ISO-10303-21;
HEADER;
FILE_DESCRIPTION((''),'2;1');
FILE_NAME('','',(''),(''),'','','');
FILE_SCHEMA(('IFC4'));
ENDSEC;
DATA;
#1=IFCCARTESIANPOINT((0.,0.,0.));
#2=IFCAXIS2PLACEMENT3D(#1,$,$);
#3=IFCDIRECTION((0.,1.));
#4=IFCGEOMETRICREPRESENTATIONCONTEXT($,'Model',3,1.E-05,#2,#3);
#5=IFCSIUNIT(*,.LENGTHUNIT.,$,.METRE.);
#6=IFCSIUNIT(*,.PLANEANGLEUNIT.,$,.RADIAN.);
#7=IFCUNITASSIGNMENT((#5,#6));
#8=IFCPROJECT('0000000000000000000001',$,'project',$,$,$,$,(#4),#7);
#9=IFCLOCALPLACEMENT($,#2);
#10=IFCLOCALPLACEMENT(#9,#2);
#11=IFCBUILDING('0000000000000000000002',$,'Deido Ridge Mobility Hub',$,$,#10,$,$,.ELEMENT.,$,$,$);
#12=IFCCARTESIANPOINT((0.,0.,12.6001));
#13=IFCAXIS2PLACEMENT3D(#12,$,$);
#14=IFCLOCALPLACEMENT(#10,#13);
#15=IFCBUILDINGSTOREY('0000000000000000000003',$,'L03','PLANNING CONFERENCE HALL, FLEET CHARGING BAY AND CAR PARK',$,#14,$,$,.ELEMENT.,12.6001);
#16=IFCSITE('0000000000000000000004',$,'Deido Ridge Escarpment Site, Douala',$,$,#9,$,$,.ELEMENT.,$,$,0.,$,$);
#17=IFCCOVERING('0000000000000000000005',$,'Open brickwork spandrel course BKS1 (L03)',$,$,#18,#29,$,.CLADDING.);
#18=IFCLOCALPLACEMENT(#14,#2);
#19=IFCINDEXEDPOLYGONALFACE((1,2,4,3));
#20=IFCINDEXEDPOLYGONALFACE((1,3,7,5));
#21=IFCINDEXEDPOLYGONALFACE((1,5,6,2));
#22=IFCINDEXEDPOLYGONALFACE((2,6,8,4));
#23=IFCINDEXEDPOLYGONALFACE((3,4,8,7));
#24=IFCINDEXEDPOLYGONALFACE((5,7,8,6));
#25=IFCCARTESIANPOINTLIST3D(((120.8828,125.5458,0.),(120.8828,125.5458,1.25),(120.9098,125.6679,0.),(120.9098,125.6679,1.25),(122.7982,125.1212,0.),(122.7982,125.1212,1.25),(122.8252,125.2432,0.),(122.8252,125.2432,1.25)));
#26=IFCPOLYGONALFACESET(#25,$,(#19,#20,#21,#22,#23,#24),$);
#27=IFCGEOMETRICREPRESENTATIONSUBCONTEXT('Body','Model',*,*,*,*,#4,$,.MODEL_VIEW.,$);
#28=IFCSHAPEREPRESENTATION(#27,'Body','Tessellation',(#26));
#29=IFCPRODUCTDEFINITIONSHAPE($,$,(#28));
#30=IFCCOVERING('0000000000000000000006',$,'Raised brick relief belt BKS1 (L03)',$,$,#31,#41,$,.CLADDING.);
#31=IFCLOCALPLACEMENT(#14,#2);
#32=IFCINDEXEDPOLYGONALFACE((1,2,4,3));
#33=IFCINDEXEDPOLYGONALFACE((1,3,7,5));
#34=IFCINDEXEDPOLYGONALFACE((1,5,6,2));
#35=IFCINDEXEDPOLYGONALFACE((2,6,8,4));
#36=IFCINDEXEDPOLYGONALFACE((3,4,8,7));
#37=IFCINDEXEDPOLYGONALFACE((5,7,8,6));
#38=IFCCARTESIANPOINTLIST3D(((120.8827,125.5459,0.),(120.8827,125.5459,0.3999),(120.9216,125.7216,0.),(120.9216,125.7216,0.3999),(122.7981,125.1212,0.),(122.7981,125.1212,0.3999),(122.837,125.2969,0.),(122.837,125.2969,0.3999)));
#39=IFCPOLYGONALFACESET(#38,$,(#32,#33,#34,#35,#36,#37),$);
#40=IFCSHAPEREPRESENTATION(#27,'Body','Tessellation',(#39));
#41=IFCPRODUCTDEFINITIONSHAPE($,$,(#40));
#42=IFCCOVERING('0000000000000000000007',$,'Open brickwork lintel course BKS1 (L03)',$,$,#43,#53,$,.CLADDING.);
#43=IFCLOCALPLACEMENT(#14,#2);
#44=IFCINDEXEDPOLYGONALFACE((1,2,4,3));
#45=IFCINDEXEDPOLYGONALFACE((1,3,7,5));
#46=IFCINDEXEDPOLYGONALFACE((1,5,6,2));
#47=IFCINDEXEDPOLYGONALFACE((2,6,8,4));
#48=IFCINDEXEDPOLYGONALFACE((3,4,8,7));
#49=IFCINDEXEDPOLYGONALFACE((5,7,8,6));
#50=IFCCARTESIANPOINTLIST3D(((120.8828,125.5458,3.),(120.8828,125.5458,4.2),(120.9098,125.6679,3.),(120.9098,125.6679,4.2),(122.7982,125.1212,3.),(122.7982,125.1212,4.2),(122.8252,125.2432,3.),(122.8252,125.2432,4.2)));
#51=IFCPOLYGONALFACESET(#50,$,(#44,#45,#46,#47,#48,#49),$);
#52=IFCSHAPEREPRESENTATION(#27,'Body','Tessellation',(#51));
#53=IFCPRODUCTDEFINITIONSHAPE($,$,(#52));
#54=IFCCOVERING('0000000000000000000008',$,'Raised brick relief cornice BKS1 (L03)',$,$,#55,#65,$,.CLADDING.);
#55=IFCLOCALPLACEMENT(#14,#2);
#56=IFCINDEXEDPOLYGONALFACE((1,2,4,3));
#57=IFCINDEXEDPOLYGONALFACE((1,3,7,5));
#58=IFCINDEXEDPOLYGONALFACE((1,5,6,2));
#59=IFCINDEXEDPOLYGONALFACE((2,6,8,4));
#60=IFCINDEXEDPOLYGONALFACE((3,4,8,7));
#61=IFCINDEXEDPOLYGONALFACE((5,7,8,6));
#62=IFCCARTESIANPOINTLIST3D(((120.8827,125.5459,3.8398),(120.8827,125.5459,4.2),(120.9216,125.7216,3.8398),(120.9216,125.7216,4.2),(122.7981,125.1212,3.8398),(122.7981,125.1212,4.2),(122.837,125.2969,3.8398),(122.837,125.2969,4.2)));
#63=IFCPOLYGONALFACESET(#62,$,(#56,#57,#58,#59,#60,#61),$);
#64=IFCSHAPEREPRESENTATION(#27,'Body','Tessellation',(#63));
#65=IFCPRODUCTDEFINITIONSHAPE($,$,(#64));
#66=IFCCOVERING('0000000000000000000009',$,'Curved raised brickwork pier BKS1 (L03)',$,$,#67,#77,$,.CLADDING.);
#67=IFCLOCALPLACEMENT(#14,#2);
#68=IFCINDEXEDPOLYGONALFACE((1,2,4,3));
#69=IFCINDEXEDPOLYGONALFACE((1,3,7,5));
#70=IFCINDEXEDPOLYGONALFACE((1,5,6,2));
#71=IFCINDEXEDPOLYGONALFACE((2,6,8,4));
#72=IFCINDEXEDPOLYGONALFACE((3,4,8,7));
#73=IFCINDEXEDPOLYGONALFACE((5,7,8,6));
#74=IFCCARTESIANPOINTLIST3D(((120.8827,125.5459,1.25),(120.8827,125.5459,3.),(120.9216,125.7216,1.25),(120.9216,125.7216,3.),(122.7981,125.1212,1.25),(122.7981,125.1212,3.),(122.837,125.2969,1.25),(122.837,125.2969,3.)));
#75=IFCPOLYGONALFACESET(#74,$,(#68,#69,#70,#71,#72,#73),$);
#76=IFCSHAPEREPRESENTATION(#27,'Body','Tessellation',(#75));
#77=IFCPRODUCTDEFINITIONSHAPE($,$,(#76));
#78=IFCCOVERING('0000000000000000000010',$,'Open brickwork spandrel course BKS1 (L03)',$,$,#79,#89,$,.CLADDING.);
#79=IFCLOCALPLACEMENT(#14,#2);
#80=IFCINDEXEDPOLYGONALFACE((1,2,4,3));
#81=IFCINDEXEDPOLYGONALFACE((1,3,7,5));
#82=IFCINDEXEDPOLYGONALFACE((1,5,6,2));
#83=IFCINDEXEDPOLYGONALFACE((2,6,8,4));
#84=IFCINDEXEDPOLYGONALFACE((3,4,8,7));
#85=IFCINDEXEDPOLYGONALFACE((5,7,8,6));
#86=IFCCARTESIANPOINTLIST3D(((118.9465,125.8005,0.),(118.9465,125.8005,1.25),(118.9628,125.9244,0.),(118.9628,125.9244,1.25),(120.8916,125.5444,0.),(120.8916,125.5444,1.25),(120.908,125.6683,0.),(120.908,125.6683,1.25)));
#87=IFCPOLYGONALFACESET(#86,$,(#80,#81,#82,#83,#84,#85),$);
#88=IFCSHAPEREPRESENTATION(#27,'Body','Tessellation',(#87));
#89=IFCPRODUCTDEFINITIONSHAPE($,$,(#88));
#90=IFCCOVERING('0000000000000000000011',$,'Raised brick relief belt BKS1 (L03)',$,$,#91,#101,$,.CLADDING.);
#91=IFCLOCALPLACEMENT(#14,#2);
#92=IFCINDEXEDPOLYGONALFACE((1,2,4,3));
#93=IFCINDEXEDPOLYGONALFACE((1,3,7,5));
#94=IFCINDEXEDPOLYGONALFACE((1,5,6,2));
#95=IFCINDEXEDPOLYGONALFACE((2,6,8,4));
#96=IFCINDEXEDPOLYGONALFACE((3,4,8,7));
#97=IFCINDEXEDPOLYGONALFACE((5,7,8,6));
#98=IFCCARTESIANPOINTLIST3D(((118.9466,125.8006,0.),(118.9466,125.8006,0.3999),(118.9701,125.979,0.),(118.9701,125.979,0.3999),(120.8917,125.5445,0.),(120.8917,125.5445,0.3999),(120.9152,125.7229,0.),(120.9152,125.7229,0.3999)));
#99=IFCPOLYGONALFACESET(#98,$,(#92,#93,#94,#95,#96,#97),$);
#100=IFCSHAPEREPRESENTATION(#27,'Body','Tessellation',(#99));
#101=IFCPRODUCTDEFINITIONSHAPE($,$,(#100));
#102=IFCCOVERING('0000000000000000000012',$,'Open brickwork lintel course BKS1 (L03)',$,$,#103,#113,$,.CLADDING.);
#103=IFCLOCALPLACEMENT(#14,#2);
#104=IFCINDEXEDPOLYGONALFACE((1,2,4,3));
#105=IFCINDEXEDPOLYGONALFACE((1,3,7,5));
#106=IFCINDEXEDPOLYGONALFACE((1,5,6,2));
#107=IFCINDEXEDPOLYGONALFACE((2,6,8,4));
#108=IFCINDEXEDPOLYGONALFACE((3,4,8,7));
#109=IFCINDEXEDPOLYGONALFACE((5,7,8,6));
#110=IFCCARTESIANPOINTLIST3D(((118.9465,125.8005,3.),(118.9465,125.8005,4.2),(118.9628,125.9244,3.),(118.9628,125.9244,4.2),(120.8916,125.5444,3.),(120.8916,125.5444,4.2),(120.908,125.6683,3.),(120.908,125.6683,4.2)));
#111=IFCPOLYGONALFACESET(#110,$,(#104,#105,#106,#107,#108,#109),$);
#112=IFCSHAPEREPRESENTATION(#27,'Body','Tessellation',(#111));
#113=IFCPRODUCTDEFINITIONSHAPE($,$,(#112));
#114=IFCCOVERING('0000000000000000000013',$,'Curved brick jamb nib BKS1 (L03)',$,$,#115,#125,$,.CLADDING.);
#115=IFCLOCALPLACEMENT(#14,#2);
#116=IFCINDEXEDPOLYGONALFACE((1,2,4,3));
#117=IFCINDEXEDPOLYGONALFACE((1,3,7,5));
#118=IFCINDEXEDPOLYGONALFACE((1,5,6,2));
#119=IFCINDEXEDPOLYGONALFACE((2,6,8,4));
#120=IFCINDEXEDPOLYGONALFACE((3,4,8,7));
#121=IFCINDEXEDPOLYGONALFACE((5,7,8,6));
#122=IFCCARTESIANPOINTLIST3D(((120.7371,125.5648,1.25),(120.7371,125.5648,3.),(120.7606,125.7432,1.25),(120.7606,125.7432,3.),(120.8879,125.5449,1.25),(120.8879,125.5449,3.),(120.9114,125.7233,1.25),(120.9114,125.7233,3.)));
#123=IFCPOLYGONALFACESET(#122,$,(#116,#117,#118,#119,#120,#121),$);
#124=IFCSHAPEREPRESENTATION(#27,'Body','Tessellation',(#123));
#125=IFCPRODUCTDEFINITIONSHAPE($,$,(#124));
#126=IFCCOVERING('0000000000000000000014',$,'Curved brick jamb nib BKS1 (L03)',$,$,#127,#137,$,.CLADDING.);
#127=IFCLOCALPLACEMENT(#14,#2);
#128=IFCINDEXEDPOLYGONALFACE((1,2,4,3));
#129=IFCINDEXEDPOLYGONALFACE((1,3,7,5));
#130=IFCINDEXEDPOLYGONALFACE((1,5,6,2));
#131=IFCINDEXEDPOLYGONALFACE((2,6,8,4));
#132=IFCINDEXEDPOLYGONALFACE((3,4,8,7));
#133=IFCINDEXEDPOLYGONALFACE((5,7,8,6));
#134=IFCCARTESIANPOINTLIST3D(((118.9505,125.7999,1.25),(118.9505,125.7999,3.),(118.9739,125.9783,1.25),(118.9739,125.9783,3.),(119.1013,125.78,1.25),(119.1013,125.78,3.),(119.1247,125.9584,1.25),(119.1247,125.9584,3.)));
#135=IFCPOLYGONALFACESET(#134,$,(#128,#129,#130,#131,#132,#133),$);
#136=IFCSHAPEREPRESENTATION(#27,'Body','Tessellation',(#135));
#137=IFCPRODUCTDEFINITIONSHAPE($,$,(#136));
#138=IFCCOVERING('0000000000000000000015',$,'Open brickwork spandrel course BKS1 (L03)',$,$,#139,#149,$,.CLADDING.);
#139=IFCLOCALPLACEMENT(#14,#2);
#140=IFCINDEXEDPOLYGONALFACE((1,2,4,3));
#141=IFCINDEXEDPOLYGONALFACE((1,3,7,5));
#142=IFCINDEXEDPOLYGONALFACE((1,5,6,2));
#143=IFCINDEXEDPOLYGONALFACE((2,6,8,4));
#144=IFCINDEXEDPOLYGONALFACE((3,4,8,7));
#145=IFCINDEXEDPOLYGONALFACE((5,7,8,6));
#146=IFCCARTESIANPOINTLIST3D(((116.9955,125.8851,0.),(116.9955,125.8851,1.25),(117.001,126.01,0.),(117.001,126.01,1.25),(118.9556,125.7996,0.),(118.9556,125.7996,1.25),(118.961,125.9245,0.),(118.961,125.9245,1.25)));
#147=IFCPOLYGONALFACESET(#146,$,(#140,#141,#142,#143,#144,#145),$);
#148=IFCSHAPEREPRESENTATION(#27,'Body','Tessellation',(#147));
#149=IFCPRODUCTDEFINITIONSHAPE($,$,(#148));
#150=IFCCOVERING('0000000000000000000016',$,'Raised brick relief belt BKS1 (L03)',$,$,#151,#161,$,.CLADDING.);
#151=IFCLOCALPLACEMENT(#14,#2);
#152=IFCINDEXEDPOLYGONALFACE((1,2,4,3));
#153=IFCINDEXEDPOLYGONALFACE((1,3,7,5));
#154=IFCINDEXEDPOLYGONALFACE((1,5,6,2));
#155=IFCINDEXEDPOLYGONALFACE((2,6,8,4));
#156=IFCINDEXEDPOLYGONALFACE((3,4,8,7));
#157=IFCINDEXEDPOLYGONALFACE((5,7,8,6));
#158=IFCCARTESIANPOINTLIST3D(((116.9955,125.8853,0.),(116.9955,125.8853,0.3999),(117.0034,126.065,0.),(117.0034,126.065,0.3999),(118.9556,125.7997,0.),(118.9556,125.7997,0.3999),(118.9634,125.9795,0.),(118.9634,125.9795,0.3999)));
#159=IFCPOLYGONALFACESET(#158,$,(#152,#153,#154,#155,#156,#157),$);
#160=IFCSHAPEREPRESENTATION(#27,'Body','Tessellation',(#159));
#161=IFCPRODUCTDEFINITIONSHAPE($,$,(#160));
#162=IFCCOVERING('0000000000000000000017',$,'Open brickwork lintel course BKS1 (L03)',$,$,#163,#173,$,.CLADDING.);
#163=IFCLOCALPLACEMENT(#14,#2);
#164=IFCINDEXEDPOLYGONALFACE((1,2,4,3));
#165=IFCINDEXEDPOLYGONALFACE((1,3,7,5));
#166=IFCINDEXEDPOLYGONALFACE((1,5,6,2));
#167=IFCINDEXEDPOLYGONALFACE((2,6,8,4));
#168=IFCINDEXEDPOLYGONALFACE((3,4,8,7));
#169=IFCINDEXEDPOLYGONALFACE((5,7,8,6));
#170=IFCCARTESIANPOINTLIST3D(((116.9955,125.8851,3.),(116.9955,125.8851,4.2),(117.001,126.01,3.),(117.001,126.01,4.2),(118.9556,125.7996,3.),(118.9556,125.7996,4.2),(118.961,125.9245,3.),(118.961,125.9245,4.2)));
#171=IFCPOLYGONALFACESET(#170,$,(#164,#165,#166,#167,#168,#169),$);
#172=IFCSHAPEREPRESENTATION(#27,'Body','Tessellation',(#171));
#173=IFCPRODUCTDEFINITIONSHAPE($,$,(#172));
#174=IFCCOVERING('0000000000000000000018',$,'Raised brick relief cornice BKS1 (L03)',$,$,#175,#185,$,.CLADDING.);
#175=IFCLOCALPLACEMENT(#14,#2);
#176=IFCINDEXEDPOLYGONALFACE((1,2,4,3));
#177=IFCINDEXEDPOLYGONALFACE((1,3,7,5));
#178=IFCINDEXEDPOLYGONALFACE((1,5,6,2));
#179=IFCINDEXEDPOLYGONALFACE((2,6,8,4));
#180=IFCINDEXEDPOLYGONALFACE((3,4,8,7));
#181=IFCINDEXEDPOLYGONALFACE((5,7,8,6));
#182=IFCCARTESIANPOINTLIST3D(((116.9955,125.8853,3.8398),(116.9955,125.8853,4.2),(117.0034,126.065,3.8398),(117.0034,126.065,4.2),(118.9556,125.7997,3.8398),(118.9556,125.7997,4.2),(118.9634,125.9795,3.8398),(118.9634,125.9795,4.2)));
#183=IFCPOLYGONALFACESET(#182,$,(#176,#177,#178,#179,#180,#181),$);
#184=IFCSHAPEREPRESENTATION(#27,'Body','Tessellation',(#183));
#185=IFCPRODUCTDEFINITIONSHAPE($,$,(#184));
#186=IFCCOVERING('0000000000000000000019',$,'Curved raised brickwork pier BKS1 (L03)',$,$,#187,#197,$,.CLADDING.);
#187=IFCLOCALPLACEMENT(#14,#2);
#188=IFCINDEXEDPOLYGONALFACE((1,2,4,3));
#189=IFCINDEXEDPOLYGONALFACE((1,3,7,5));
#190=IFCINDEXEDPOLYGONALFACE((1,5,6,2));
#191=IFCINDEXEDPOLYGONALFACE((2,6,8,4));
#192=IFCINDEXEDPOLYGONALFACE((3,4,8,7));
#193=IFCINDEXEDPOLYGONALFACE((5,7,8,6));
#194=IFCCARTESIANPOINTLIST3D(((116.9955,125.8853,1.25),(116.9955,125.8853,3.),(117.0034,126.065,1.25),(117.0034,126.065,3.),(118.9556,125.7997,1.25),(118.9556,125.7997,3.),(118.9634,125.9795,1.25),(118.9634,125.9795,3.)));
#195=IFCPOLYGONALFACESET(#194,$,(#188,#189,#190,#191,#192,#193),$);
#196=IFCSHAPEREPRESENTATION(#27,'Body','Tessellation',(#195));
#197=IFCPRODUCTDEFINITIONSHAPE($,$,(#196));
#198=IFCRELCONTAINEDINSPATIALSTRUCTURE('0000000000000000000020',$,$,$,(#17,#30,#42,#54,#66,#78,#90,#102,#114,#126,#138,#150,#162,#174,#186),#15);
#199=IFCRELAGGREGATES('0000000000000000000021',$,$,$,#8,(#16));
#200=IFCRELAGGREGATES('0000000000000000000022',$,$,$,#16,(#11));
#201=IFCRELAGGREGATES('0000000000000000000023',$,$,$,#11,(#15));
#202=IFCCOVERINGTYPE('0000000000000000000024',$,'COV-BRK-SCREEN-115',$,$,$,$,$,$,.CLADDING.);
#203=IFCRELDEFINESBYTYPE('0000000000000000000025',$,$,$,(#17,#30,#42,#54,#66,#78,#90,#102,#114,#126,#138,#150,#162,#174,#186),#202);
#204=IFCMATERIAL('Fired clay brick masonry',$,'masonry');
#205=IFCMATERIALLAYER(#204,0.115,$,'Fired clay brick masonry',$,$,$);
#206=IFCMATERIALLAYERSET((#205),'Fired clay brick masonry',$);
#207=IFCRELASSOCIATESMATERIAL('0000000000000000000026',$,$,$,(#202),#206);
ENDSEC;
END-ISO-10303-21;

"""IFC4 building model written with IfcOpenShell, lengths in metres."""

from ifc_helpers import new_model, si_unit, direction, frame, origin, origin_2d, place, context, subcontext, project, spatial, rectangle, extrude, material, layer, layer_set, type_object, element, save


model = new_model("IFC4")

# Units and contexts
model_context = context("Model", 3, precision=1e-05, world=origin(), true_north=direction((0.0, 1.0)))
body_context = subcontext(model_context, "Body", "Model", "MODEL_VIEW")
ifc_project = project(units=[si_unit("LENGTHUNIT", "METRE"), si_unit("PLANEANGLEUNIT", "RADIAN")], contexts=[model_context])

# Site, building, storey
site_placement = place(None, origin())
site = spatial("IfcSite", under=ifc_project, at=site_placement, Name="Deido Ridge Escarpment Site, Douala", CompositionType="ELEMENT", RefElevation=0.0)
building_placement = place(site_placement, origin())
building = spatial("IfcBuilding", under=site, at=building_placement, Name="Deido Ridge Mobility Hub", CompositionType="ELEMENT")
storey_placement = place(building_placement, frame((0.0, 0.0, 12.6001)))
storey = spatial("IfcBuildingStorey", under=building, at=storey_placement, Name="L03", Description="PLANNING CONFERENCE HALL, FLEET CHARGING BAY AND CAR PARK", CompositionType="ELEMENT", Elevation=12.6001)

# Coverings
ifc_material_1 = material(Name="Fired clay brick masonry", Category="masonry")
ifc_layer = layer(ifc_material_1, 0.115, Name="Fired clay brick masonry")
ifc_layer_set = layer_set([ifc_layer], Name="Fired clay brick masonry")
covering_type = type_object("IfcCoveringType", Name="COV-BRK-SCREEN-115", PredefinedType="CLADDING", material=ifc_layer_set)
covering_1_placement = place(storey_placement, frame((121.854, 125.3945, 0.0), z_axis=(0.0, 0.0, 1.0), x_axis=(-0.976292, 0.216457, 0.0)))
element("IfcCovering", 1, at=covering_1_placement, inside=storey, type_object=covering_type, Name="Open brickwork spandrel course BKS1 (L03)", PredefinedType="CLADDING", context=body_context, shape_type="SweptSolid", body=[
    extrude(rectangle(XDim=1.9619, YDim=0.125, at=origin_2d()), origin(), (0.0, 0.0, 1.0), 1.25),
])
covering_2_placement = place(storey_placement, frame((121.8599, 125.4214, 0.0), z_axis=(0.0, 0.0, 1.0), x_axis=(-0.976292, 0.216457, 0.0)))
element("IfcCovering", 2, at=covering_2_placement, inside=storey, type_object=covering_type, Name="Raised brick relief belt BKS1 (L03)", PredefinedType="CLADDING", context=body_context, shape_type="SweptSolid", body=[
    extrude(rectangle(XDim=1.9619, YDim=0.1799, at=origin_2d()), origin(), (0.0, 0.0, 1.0), 0.3999),
])
covering_3_placement = place(storey_placement, frame((121.854, 125.3945, 3.0), z_axis=(0.0, 0.0, 1.0), x_axis=(-0.976292, 0.216457, 0.0)))
element("IfcCovering", 3, at=covering_3_placement, inside=storey, type_object=covering_type, Name="Open brickwork lintel course BKS1 (L03)", PredefinedType="CLADDING", context=body_context, shape_type="SweptSolid", body=[
    extrude(rectangle(XDim=1.9619, YDim=0.125, at=origin_2d()), origin(), (0.0, 0.0, 1.0), 1.2),
])
covering_4_placement = place(storey_placement, frame((121.8599, 125.4214, 3.8398), z_axis=(0.0, 0.0, 1.0), x_axis=(-0.976292, 0.216457, 0.0)))
element("IfcCovering", 4, at=covering_4_placement, inside=storey, type_object=covering_type, Name="Raised brick relief cornice BKS1 (L03)", PredefinedType="CLADDING", context=body_context, shape_type="SweptSolid", body=[
    extrude(rectangle(XDim=1.9619, YDim=0.1799, at=origin_2d()), origin(), (0.0, 0.0, 1.0), 0.3601),
])
covering_5_placement = place(storey_placement, frame((121.8599, 125.4214, 1.25), z_axis=(0.0, 0.0, 1.0), x_axis=(-0.976292, 0.216457, 0.0)))
element("IfcCovering", 5, at=covering_5_placement, inside=storey, type_object=covering_type, Name="Curved raised brickwork pier BKS1 (L03)", PredefinedType="CLADDING", context=body_context, shape_type="SweptSolid", body=[
    extrude(rectangle(XDim=1.9619, YDim=0.1799, at=origin_2d()), origin(), (0.0, 0.0, 1.0), 1.75),
])
covering_6_placement = place(storey_placement, frame((119.9272, 125.7344, 0.0), z_axis=(0.0, 0.0, 1.0), x_axis=(-0.991443, 0.130543, 0.0)))
element("IfcCovering", 6, at=covering_6_placement, inside=storey, type_object=covering_type, Name="Open brickwork spandrel course BKS1 (L03)", PredefinedType="CLADDING", context=body_context, shape_type="SweptSolid", body=[
    extrude(rectangle(XDim=1.9619, YDim=0.125, at=origin_2d()), origin(), (0.0, 0.0, 1.0), 1.25),
])
covering_7_placement = place(storey_placement, frame((119.9309, 125.7617, 0.0), z_axis=(0.0, 0.0, 1.0), x_axis=(-0.991443, 0.130543, 0.0)))
element("IfcCovering", 7, at=covering_7_placement, inside=storey, type_object=covering_type, Name="Raised brick relief belt BKS1 (L03)", PredefinedType="CLADDING", context=body_context, shape_type="SweptSolid", body=[
    extrude(rectangle(XDim=1.9619, YDim=0.1799, at=origin_2d()), origin(), (0.0, 0.0, 1.0), 0.3999),
])
covering_8_placement = place(storey_placement, frame((119.9272, 125.7344, 3.0), z_axis=(0.0, 0.0, 1.0), x_axis=(-0.991443, 0.130543, 0.0)))
element("IfcCovering", 8, at=covering_8_placement, inside=storey, type_object=covering_type, Name="Open brickwork lintel course BKS1 (L03)", PredefinedType="CLADDING", context=body_context, shape_type="SweptSolid", body=[
    extrude(rectangle(XDim=1.9619, YDim=0.125, at=origin_2d()), origin(), (0.0, 0.0, 1.0), 1.2),
])
for number, where, z_axis, x_axis, name in (
    (9, (120.8242, 125.644, 1.25), (0.0, 0.0, 1.0), (-0.991443, 0.130543, 0.0), "Curved brick jamb nib BKS1 (L03)"),
    (10, (119.0376, 125.8792, 1.25), (0.0, 0.0, 1.0), (-0.991443, 0.130543, 0.0), "Curved brick jamb nib BKS1 (L03)"),
):
    element("IfcCovering", number, at=place(storey_placement, frame(where, z_axis=z_axis, x_axis=x_axis)), inside=storey, type_object=covering_type, Name=name, PredefinedType="CLADDING", context=body_context, shape_type="SweptSolid", body=[
        extrude(rectangle(XDim=0.1521, YDim=0.1799, at=origin_2d()), origin(), (0.0, 0.0, 1.0), 1.75),
    ])
covering_9_placement = place(storey_placement, frame((117.9783, 125.9048, 0.0), z_axis=(0.0, 0.0, 1.0), x_axis=(-0.999049, 0.043602, 0.0)))
element("IfcCovering", 11, at=covering_9_placement, inside=storey, type_object=covering_type, Name="Open brickwork spandrel course BKS1 (L03)", PredefinedType="CLADDING", context=body_context, shape_type="SweptSolid", body=[
    extrude(rectangle(XDim=1.9619, YDim=0.125, at=origin_2d()), origin(), (0.0, 0.0, 1.0), 1.25),
])
covering_10_placement = place(storey_placement, frame((117.9795, 125.9324, 0.0), z_axis=(0.0, 0.0, 1.0), x_axis=(-0.999049, 0.043602, 0.0)))
element("IfcCovering", 12, at=covering_10_placement, inside=storey, type_object=covering_type, Name="Raised brick relief belt BKS1 (L03)", PredefinedType="CLADDING", context=body_context, shape_type="SweptSolid", body=[
    extrude(rectangle(XDim=1.9619, YDim=0.1799, at=origin_2d()), origin(), (0.0, 0.0, 1.0), 0.3999),
])
covering_11_placement = place(storey_placement, frame((117.9783, 125.9048, 3.0), z_axis=(0.0, 0.0, 1.0), x_axis=(-0.999049, 0.043602, 0.0)))
element("IfcCovering", 13, at=covering_11_placement, inside=storey, type_object=covering_type, Name="Open brickwork lintel course BKS1 (L03)", PredefinedType="CLADDING", context=body_context, shape_type="SweptSolid", body=[
    extrude(rectangle(XDim=1.9619, YDim=0.125, at=origin_2d()), origin(), (0.0, 0.0, 1.0), 1.2),
])
covering_12_placement = place(storey_placement, frame((117.9795, 125.9324, 3.8398), z_axis=(0.0, 0.0, 1.0), x_axis=(-0.999049, 0.043602, 0.0)))
element("IfcCovering", 14, at=covering_12_placement, inside=storey, type_object=covering_type, Name="Raised brick relief cornice BKS1 (L03)", PredefinedType="CLADDING", context=body_context, shape_type="SweptSolid", body=[
    extrude(rectangle(XDim=1.9619, YDim=0.1799, at=origin_2d()), origin(), (0.0, 0.0, 1.0), 0.3601),
])
covering_13_placement = place(storey_placement, frame((117.9795, 125.9324, 1.25), z_axis=(0.0, 0.0, 1.0), x_axis=(-0.999049, 0.043602, 0.0)))
element("IfcCovering", 15, at=covering_13_placement, inside=storey, type_object=covering_type, Name="Curved raised brickwork pier BKS1 (L03)", PredefinedType="CLADDING", context=body_context, shape_type="SweptSolid", body=[
    extrude(rectangle(XDim=1.9619, YDim=0.1799, at=origin_2d()), origin(), (0.0, 0.0, 1.0), 1.75),
])

save(model, "model.ifc")
